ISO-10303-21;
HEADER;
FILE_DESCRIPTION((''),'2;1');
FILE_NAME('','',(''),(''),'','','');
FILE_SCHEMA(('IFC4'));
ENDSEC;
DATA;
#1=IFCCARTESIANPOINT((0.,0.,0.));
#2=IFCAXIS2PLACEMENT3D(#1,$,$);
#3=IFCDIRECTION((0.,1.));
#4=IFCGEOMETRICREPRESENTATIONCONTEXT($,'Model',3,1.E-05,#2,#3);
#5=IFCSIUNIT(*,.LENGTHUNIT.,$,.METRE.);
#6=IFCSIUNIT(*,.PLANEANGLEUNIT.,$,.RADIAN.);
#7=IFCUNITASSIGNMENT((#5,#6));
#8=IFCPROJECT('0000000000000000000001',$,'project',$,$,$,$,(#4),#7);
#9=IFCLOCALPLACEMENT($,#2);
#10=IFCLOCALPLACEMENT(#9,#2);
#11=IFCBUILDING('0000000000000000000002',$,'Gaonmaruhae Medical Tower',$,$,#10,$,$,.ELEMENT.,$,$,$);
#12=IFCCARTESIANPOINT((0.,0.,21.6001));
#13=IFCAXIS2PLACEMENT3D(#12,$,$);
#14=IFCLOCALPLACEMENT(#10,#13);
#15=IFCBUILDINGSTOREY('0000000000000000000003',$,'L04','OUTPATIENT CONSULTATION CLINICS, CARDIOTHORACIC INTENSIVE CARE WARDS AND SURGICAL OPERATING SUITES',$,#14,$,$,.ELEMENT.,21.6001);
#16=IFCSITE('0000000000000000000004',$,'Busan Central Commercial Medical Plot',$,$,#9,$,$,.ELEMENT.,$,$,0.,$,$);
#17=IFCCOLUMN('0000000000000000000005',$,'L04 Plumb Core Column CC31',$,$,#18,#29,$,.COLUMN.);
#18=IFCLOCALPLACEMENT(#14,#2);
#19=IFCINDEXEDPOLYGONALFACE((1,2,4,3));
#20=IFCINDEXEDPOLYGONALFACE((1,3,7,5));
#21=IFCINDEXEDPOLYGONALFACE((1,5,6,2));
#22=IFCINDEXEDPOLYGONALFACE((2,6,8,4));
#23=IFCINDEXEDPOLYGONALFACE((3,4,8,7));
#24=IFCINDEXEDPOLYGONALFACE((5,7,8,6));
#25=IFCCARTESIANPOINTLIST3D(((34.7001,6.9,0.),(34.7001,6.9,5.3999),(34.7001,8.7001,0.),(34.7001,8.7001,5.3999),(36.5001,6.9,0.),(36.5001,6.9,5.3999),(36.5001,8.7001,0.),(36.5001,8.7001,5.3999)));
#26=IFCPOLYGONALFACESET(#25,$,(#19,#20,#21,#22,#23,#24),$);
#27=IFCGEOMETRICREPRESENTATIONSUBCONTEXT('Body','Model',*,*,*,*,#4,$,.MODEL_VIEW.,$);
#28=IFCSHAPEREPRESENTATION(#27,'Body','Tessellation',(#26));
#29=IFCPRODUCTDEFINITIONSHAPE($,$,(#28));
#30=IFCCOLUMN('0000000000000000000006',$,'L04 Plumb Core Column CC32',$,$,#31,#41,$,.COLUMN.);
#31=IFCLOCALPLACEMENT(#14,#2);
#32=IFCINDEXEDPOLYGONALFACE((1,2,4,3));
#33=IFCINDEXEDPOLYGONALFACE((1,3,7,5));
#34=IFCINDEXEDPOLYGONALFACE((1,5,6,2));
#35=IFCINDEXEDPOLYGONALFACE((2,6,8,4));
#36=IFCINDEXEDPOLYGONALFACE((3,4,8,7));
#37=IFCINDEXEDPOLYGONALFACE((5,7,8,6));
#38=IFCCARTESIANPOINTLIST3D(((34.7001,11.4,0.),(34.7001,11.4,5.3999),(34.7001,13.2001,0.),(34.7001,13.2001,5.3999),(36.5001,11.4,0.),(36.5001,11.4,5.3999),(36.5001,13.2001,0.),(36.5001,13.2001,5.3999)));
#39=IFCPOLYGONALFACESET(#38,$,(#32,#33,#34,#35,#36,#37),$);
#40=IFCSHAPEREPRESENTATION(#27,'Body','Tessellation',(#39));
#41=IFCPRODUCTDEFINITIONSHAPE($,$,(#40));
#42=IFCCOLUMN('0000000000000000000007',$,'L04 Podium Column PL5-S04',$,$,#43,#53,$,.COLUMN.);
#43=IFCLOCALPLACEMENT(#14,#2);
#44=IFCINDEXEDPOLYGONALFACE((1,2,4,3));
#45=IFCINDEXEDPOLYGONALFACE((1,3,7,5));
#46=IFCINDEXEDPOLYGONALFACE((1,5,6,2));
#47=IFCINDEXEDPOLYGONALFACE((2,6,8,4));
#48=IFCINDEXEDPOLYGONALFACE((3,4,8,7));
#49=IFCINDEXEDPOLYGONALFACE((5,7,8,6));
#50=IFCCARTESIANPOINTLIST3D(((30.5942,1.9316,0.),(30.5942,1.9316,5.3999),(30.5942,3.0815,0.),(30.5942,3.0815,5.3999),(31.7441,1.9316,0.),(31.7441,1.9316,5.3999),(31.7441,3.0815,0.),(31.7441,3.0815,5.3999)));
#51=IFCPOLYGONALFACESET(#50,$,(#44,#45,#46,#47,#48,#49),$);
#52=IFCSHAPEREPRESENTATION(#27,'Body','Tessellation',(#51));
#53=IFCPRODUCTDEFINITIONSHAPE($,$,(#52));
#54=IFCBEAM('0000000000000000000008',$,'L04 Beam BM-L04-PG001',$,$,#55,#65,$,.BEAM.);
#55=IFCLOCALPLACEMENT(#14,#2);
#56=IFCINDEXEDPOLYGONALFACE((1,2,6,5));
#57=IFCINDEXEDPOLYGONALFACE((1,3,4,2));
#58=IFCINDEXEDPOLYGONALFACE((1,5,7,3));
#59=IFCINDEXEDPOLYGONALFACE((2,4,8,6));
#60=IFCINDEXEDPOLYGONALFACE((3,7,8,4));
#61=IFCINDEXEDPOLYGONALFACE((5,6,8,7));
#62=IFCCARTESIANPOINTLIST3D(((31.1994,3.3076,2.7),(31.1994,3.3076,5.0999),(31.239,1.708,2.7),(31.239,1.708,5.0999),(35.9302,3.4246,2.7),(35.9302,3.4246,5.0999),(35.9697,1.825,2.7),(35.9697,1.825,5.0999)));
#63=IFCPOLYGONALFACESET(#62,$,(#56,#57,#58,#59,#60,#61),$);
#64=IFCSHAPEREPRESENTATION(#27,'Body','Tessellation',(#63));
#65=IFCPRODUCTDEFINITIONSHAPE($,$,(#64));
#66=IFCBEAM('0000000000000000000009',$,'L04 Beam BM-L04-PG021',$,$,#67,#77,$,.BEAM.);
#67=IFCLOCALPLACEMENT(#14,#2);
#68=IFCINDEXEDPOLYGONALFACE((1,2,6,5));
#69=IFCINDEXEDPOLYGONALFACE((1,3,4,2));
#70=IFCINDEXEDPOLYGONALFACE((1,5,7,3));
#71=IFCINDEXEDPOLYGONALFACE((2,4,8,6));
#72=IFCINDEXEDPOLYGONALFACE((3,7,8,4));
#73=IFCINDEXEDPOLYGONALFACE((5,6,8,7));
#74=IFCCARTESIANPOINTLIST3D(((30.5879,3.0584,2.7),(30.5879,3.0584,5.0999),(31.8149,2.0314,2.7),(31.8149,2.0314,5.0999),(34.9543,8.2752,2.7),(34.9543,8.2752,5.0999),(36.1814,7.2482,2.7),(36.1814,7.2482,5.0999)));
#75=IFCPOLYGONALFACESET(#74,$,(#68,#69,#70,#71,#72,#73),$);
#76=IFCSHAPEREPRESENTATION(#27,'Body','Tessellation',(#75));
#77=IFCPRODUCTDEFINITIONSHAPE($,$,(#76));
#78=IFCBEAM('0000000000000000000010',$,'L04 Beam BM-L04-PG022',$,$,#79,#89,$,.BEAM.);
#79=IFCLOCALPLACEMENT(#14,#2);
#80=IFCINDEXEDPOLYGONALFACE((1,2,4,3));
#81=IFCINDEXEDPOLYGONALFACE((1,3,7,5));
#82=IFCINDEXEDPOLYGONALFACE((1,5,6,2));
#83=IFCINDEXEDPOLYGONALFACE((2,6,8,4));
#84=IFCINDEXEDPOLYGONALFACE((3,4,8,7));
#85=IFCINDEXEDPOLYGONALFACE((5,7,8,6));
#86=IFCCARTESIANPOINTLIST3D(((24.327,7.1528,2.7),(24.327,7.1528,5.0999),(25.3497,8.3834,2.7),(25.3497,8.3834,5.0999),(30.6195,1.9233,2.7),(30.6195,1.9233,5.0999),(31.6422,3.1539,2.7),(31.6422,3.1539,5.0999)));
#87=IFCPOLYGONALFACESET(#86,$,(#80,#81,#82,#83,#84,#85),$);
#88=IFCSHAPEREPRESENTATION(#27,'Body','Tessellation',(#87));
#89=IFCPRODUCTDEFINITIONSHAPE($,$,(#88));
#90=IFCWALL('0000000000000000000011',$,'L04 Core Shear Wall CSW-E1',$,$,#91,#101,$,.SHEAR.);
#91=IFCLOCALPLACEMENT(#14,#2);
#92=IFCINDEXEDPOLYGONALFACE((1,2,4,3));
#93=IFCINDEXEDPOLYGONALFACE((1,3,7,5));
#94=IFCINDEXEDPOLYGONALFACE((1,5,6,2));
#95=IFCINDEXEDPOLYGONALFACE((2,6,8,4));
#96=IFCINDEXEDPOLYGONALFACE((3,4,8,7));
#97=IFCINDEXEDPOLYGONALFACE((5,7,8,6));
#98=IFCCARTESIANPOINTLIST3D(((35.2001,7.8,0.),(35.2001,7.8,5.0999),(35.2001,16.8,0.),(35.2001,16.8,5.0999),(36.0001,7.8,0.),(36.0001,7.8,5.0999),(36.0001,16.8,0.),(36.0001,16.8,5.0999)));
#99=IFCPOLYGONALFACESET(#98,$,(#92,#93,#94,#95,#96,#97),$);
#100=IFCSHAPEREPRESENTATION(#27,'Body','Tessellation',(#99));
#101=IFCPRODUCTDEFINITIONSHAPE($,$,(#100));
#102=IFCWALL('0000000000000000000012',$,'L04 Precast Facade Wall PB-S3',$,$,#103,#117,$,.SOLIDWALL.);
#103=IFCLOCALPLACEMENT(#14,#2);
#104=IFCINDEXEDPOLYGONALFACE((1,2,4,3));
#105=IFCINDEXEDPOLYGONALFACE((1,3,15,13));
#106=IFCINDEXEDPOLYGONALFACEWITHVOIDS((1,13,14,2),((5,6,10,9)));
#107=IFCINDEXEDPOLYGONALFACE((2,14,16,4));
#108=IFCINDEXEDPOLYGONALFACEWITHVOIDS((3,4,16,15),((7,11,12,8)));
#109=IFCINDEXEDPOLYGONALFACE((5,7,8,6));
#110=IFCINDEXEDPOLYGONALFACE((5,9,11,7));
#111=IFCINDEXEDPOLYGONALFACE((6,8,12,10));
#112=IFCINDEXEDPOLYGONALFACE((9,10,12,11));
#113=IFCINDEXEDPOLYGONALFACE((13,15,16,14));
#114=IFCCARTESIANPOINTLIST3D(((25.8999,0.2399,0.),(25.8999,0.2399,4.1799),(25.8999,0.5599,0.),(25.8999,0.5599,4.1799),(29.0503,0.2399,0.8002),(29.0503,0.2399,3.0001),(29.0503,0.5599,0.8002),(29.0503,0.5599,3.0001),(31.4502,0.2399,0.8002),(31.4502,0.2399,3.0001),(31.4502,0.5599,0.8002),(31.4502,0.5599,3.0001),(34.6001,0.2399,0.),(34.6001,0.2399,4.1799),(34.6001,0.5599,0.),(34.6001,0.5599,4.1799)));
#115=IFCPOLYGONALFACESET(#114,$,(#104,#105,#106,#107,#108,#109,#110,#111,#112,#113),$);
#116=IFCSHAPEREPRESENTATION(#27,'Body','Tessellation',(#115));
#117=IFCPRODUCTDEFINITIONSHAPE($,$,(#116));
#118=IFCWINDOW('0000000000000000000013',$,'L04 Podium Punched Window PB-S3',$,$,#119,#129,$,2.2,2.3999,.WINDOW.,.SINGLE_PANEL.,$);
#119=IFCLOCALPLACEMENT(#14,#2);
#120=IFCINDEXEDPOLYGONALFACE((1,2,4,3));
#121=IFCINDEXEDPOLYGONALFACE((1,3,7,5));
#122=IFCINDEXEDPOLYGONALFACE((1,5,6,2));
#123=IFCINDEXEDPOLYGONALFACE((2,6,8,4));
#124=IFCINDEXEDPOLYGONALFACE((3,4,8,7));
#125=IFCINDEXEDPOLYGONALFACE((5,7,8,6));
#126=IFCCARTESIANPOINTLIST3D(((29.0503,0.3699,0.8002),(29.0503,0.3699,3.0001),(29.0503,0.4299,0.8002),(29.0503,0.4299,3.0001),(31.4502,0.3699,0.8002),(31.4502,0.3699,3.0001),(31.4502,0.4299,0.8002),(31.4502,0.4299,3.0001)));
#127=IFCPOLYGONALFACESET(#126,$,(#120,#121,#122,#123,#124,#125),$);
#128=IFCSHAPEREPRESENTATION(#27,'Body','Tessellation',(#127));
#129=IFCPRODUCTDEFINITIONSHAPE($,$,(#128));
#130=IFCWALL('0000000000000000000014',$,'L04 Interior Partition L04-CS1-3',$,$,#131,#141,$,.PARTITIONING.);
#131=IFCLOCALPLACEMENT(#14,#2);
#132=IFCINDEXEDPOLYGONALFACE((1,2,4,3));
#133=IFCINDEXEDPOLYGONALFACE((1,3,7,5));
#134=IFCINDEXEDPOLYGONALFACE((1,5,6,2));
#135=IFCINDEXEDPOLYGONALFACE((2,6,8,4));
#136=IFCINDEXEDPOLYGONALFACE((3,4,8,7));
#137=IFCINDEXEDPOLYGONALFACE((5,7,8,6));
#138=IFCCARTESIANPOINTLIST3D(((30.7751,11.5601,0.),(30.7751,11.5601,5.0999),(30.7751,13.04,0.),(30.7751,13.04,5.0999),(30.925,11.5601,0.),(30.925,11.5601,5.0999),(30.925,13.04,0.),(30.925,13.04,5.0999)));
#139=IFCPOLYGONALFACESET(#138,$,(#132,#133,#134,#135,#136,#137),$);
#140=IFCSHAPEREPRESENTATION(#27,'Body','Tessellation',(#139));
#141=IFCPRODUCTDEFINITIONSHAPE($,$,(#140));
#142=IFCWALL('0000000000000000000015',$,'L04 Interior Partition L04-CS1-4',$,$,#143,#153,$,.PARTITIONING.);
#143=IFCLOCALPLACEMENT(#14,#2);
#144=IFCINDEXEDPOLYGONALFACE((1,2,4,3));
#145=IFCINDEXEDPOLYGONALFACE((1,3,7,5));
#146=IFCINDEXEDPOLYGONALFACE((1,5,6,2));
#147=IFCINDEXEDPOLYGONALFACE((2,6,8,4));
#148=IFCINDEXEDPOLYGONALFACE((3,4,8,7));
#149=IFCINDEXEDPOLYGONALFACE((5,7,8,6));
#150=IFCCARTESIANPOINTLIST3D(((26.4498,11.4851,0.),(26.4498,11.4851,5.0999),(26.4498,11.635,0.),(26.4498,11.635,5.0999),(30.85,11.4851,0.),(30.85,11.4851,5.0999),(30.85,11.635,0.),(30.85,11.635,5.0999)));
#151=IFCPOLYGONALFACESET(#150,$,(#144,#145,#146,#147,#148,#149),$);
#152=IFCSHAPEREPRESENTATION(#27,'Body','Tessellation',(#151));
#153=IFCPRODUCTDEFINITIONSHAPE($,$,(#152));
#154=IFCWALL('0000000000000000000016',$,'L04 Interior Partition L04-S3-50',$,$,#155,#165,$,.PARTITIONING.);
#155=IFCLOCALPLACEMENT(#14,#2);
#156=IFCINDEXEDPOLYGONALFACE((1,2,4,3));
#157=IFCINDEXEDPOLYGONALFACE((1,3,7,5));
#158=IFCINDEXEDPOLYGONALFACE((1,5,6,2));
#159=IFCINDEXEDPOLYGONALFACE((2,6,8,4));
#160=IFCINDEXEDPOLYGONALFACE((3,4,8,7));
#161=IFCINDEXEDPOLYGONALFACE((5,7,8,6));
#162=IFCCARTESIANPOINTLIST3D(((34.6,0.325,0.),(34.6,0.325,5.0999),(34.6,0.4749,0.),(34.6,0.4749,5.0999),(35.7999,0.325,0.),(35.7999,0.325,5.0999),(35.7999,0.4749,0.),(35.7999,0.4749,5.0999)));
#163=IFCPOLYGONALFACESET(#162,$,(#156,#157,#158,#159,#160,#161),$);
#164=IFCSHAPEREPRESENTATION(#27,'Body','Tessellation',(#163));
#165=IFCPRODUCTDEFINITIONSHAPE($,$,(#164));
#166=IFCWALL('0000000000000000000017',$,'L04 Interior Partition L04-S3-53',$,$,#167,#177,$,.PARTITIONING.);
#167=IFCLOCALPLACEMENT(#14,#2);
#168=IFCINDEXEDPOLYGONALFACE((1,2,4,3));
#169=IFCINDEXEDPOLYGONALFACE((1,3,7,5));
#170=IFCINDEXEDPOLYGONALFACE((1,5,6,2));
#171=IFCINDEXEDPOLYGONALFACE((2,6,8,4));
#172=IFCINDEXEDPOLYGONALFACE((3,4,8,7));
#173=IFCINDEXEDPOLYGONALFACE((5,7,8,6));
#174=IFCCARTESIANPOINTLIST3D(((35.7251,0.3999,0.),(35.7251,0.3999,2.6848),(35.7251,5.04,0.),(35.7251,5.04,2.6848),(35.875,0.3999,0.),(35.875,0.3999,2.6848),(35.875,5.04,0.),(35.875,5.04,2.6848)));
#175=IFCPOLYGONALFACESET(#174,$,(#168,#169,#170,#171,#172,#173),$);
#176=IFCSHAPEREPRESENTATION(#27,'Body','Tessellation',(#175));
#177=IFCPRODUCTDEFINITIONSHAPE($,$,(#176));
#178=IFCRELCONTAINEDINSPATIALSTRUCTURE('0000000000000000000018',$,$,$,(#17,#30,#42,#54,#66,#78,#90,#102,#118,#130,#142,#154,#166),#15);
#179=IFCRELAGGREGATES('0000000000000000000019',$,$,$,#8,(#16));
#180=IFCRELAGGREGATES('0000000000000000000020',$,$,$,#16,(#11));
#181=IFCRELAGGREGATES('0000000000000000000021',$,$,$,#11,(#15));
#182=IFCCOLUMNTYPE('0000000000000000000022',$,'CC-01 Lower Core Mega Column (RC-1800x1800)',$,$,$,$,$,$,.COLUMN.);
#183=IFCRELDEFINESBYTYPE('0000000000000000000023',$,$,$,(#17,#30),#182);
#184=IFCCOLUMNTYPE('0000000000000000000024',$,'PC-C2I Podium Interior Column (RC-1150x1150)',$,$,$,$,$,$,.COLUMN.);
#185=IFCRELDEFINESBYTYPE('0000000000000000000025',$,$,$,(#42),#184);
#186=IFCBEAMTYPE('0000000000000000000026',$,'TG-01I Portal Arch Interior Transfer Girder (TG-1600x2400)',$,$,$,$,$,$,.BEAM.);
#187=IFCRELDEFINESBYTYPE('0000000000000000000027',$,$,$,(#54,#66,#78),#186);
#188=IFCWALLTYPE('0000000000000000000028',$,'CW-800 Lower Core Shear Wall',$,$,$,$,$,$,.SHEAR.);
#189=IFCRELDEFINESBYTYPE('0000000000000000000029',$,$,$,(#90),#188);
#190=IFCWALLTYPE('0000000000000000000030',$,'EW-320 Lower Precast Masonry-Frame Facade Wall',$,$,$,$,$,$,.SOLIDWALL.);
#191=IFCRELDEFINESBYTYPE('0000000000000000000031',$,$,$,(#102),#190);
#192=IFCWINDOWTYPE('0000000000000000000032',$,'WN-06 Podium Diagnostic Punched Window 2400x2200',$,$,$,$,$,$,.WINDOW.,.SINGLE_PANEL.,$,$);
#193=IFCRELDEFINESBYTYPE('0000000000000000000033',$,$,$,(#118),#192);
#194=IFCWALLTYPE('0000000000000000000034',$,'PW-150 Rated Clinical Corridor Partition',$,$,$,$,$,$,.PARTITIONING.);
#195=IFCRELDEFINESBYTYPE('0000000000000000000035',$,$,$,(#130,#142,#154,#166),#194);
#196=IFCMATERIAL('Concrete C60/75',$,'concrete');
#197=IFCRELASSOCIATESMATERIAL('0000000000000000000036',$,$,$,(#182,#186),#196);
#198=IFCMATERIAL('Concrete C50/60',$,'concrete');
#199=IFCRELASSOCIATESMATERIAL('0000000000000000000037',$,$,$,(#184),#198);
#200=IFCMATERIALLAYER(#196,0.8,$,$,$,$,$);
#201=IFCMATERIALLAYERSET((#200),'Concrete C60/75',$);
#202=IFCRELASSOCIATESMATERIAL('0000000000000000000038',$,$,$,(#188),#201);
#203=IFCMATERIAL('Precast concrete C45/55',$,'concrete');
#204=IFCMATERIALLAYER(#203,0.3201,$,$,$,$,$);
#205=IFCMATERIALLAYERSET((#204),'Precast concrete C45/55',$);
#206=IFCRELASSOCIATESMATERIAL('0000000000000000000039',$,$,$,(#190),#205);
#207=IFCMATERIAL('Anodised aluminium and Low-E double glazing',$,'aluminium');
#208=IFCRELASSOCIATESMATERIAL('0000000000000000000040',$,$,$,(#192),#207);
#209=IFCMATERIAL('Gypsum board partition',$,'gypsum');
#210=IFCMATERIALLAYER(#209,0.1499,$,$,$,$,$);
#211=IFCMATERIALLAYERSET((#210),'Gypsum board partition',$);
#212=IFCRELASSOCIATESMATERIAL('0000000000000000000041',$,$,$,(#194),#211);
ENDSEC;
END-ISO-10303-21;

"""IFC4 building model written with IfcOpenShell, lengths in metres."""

from ifc_helpers import new_model, si_unit, direction, frame, frame_2d, origin, origin_2d, place, context, subcontext, project, spatial, rectangle, extrude, material, layer, layer_set, material_profile, profile_set, type_object, element, fill, save


model = new_model("IFC4")

# Units and contexts
model_context = context("Model", 3, precision=1e-05, world=origin(), true_north=direction((0.0, 1.0)))
body_context = subcontext(model_context, "Body", "Model", "MODEL_VIEW")
ifc_project = project(units=[si_unit("LENGTHUNIT", "METRE"), si_unit("PLANEANGLEUNIT", "RADIAN")], contexts=[model_context])

# Site, building, storey
site_placement = place(None, origin())
site = spatial("IfcSite", under=ifc_project, at=site_placement, Name="Busan Central Commercial Medical Plot", CompositionType="ELEMENT", RefElevation=0.0)
building_placement = place(site_placement, origin())
building = spatial("IfcBuilding", under=site, at=building_placement, Name="Gaonmaruhae Medical Tower", CompositionType="ELEMENT")
storey_placement = place(building_placement, frame((0.0, 0.0, 21.6001)))
storey = spatial("IfcBuildingStorey", under=building, at=storey_placement, Name="L04", Description="OUTPATIENT CONSULTATION CLINICS, CARDIOTHORACIC INTENSIVE CARE WARDS AND SURGICAL OPERATING SUITES", CompositionType="ELEMENT", Elevation=21.6001)

# Columns
ifc_material_1 = material(Name="Concrete C60/75", Category="concrete")
ifc_material_profile_1 = material_profile(ifc_material_1, rectangle(XDim=1.8, YDim=1.8, at=origin_2d()), Name="RC-1800x1800")
ifc_profile_set_1 = profile_set([ifc_material_profile_1], Name="Concrete C60/75")
column_type_1 = type_object("IfcColumnType", Name="CC-01 Lower Core Mega Column (RC-1800x1800)", PredefinedType="COLUMN", material=ifc_profile_set_1)
for number, where, z_axis, x_axis, name in (
    (1, (35.6001, 7.8, 0.0), (0.0, 0.0, 1.0), (1.0, 0.0, 0.0), "L04 Plumb Core Column CC31"),
    (2, (35.6001, 12.3, 0.0), (0.0, 0.0, 1.0), (1.0, 0.0, 0.0), "L04 Plumb Core Column CC32"),
):
    element("IfcColumn", number, at=place(storey_placement, frame(where, z_axis=z_axis, x_axis=x_axis)), inside=storey, type_object=column_type_1, Name=name, PredefinedType="COLUMN", context=body_context, shape_type="SweptSolid", body=[
        extrude(rectangle(XDim=1.8, YDim=1.8, at=origin_2d()), origin(), (0.0, 0.0, 1.0), 5.3999),
    ])
ifc_material_2 = material(Name="Concrete C50/60", Category="concrete")
ifc_material_profile_2 = material_profile(ifc_material_2, rectangle(XDim=1.1499, YDim=1.1499, at=origin_2d()), Name="RC-1150x1150")
ifc_profile_set_2 = profile_set([ifc_material_profile_2], Name="Concrete C50/60")
column_type_2 = type_object("IfcColumnType", Name="PC-C2I Podium Interior Column (RC-1150x1150)", PredefinedType="COLUMN", material=ifc_profile_set_2)
column_placement = place(storey_placement, frame((31.1692, 2.5066, 0.0), z_axis=(0.0, 0.0, 1.0), x_axis=(1.0, 0.0, 0.0)))
element("IfcColumn", 3, at=column_placement, inside=storey, type_object=column_type_2, Name="L04 Podium Column PL5-S04", PredefinedType="COLUMN", context=body_context, shape_type="SweptSolid", body=[
    extrude(rectangle(XDim=1.1499, YDim=1.1499, at=origin_2d()), origin(), (0.0, 0.0, 1.0), 5.3999),
])

# Beams
ifc_material_profile_3 = material_profile(ifc_material_1, rectangle(XDim=1.6001, YDim=2.3999, at=origin_2d()), Name="TG-1600x2400")
ifc_profile_set_3 = profile_set([ifc_material_profile_3], Name="Concrete C60/75")
beam_type = type_object("IfcBeamType", Name="TG-01I Portal Arch Interior Transfer Girder (TG-1600x2400)", PredefinedType="BEAM", material=ifc_profile_set_3)
beam_1_placement = place(storey_placement, frame((35.95, 2.6248, 3.8999), z_axis=(-0.999695, -0.024712, 0.0), x_axis=(0.024712, -0.999695, 0.0)))
element("IfcBeam", 4, at=beam_1_placement, inside=storey, type_object=beam_type, Name="L04 Beam BM-L04-PG001", PredefinedType="BEAM", context=body_context, shape_type="SweptSolid", body=[
    extrude(rectangle(XDim=1.6001, YDim=2.3999, at=origin_2d()), origin(), (0.0, 0.0, 1.0), 4.7322),
])
beam_2_placement = place(storey_placement, frame((31.2014, 2.5449, 3.8999), z_axis=(0.641842, 0.766837, 0.0), x_axis=(-0.766837, 0.641842, 0.0)))
element("IfcBeam", 5, at=beam_2_placement, inside=storey, type_object=beam_type, Name="L04 Beam BM-L04-PG021", PredefinedType="BEAM", context=body_context, shape_type="SweptSolid", body=[
    extrude(rectangle(XDim=1.6001, YDim=2.3999, at=origin_2d()), origin(), (0.0, 0.0, 1.0), 6.803),
])
beam_3_placement = place(storey_placement, frame((31.1309, 2.5386, 3.8999), z_axis=(-0.769077, 0.639157, 0.0), x_axis=(-0.639157, -0.769077, 0.0)))
element("IfcBeam", 6, at=beam_3_placement, inside=storey, type_object=beam_type, Name="L04 Beam BM-L04-PG022", PredefinedType="BEAM", context=body_context, shape_type="SweptSolid", body=[
    extrude(rectangle(XDim=1.6001, YDim=2.3999, at=origin_2d()), origin(), (0.0, 0.0, 1.0), 8.1819),
])

# Wall
ifc_layer_1 = layer(ifc_material_1, 0.8)
ifc_layer_set_1 = layer_set([ifc_layer_1], Name="Concrete C60/75")
wall_type_1 = type_object("IfcWallType", Name="CW-800 Lower Core Shear Wall", PredefinedType="SHEAR", material=ifc_layer_set_1)
wall_1_placement = place(storey_placement, frame((35.6001, 7.8, 0.0), z_axis=(0.0, 0.0, 1.0), x_axis=(0.0, 1.0, 0.0)))
element("IfcWall", 7, at=wall_1_placement, inside=storey, type_object=wall_type_1, Name="L04 Core Shear Wall CSW-E1", PredefinedType="SHEAR", context=body_context, shape_type="SweptSolid", body=[
    extrude(rectangle(XDim=9.0, YDim=0.8, at=frame_2d((4.5, 0.0))), origin(), (0.0, 0.0, 1.0), 5.0999),
])

# Wall, opening, window
ifc_material_3 = material(Name="Precast concrete C45/55", Category="concrete")
ifc_layer_2 = layer(ifc_material_3, 0.3201)
ifc_layer_set_2 = layer_set([ifc_layer_2], Name="Precast concrete C45/55")
wall_type_2 = type_object("IfcWallType", Name="EW-320 Lower Precast Masonry-Frame Facade Wall", PredefinedType="SOLIDWALL", material=ifc_layer_set_2)
wall_2_placement = place(storey_placement, frame((34.6001, 0.3999, 0.0), z_axis=(0.0, 0.0, 1.0), x_axis=(-1.0, 0.0, 0.0)))
wall_2 = element("IfcWall", 8, at=wall_2_placement, inside=storey, type_object=wall_type_2, Name="L04 Precast Facade Wall PB-S3", PredefinedType="SOLIDWALL", context=body_context, shape_type="SweptSolid", body=[
    extrude(rectangle(XDim=8.7002, YDim=0.3201, at=frame_2d((4.3501, 0.0))), origin(), (0.0, 0.0, 1.0), 4.1799),
])
opening_placement = place(wall_2_placement, frame((3.1499, 0.0, 0.8)))
opening = element("IfcOpeningElement", 9, at=opening_placement, cuts=wall_2, PredefinedType="OPENING", context=body_context, shape_type="SweptSolid", body=[
    extrude(rectangle(XDim=2.3999, YDim=2.2, at=frame_2d((1.2, 1.1001))), frame((0.0, 0.1699, 0.0), z_axis=(0.0, -1.0, 0.0), x_axis=(1.0, 0.0, 0.0)), (0.0, 0.0, 1.0), 0.3401),
])
ifc_material_4 = material(Name="Anodised aluminium and Low-E double glazing", Category="aluminium")
window_type = type_object("IfcWindowType", Name="WN-06 Podium Diagnostic Punched Window 2400x2200", PartitioningType="SINGLE_PANEL", PredefinedType="WINDOW", material=ifc_material_4)
window_placement = place(opening_placement, origin())
window = element("IfcWindow", 10, at=window_placement, inside=storey, type_object=window_type, Name="L04 Podium Punched Window PB-S3", OverallHeight=2.2, OverallWidth=2.3999, PartitioningType="SINGLE_PANEL", PredefinedType="WINDOW", context=body_context, shape_type="SweptSolid", body=[
    extrude(rectangle(XDim=2.3999, YDim=2.2, at=frame_2d((1.2, 1.1001))), frame((0.0, 0.03, 0.0), z_axis=(0.0, -1.0, 0.0), x_axis=(1.0, 0.0, 0.0)), (0.0, 0.0, 1.0), 0.0601),
])
fill(opening, window)

# Walls
ifc_material_5 = material(Name="Gypsum board partition", Category="gypsum")
ifc_layer_3 = layer(ifc_material_5, 0.1499)
ifc_layer_set_3 = layer_set([ifc_layer_3], Name="Gypsum board partition")
wall_type_3 = type_object("IfcWallType", Name="PW-150 Rated Clinical Corridor Partition", PredefinedType="PARTITIONING", material=ifc_layer_set_3)
wall_3_placement = place(storey_placement, frame((30.8501, 13.04, 0.0), z_axis=(0.0, 0.0, 1.0), x_axis=(0.0, -1.0, 0.0)))
element("IfcWall", 11, at=wall_3_placement, inside=storey, type_object=wall_type_3, Name="L04 Interior Partition L04-CS1-3", PredefinedType="PARTITIONING", context=body_context, shape_type="SweptSolid", body=[
    extrude(rectangle(XDim=1.48, YDim=0.1499, at=frame_2d((0.74, 0.0))), origin(), (0.0, 0.0, 1.0), 5.0999),
])
wall_4_placement = place(storey_placement, frame((30.8501, 11.5601, 0.0), z_axis=(0.0, 0.0, 1.0), x_axis=(-1.0, 0.0, 0.0)))
element("IfcWall", 12, at=wall_4_placement, inside=storey, type_object=wall_type_3, Name="L04 Interior Partition L04-CS1-4", PredefinedType="PARTITIONING", context=body_context, shape_type="SweptSolid", body=[
    extrude(rectangle(XDim=4.4001, YDim=0.1499, at=frame_2d((2.2002, 0.0))), origin(), (0.0, 0.0, 1.0), 5.0999),
])
wall_5_placement = place(storey_placement, frame((35.8, 0.3999, 0.0), z_axis=(0.0, 0.0, 1.0), x_axis=(-1.0, 0.0, 0.0)))
element("IfcWall", 13, at=wall_5_placement, inside=storey, type_object=wall_type_3, Name="L04 Interior Partition L04-S3-50", PredefinedType="PARTITIONING", context=body_context, shape_type="SweptSolid", body=[
    extrude(rectangle(XDim=1.2, YDim=0.1499, at=frame_2d((0.6001, 0.0))), origin(), (0.0, 0.0, 1.0), 5.0999),
])
wall_6_placement = place(storey_placement, frame((35.8, 5.04, 0.0), z_axis=(0.0, 0.0, 1.0), x_axis=(0.0, -1.0, 0.0)))
element("IfcWall", 14, at=wall_6_placement, inside=storey, type_object=wall_type_3, Name="L04 Interior Partition L04-S3-53", PredefinedType="PARTITIONING", context=body_context, shape_type="SweptSolid", body=[
    extrude(rectangle(XDim=4.6401, YDim=0.1499, at=frame_2d((2.3201, 0.0))), origin(), (0.0, 0.0, 1.0), 2.6848),
])

save(model, "model.ifc")
